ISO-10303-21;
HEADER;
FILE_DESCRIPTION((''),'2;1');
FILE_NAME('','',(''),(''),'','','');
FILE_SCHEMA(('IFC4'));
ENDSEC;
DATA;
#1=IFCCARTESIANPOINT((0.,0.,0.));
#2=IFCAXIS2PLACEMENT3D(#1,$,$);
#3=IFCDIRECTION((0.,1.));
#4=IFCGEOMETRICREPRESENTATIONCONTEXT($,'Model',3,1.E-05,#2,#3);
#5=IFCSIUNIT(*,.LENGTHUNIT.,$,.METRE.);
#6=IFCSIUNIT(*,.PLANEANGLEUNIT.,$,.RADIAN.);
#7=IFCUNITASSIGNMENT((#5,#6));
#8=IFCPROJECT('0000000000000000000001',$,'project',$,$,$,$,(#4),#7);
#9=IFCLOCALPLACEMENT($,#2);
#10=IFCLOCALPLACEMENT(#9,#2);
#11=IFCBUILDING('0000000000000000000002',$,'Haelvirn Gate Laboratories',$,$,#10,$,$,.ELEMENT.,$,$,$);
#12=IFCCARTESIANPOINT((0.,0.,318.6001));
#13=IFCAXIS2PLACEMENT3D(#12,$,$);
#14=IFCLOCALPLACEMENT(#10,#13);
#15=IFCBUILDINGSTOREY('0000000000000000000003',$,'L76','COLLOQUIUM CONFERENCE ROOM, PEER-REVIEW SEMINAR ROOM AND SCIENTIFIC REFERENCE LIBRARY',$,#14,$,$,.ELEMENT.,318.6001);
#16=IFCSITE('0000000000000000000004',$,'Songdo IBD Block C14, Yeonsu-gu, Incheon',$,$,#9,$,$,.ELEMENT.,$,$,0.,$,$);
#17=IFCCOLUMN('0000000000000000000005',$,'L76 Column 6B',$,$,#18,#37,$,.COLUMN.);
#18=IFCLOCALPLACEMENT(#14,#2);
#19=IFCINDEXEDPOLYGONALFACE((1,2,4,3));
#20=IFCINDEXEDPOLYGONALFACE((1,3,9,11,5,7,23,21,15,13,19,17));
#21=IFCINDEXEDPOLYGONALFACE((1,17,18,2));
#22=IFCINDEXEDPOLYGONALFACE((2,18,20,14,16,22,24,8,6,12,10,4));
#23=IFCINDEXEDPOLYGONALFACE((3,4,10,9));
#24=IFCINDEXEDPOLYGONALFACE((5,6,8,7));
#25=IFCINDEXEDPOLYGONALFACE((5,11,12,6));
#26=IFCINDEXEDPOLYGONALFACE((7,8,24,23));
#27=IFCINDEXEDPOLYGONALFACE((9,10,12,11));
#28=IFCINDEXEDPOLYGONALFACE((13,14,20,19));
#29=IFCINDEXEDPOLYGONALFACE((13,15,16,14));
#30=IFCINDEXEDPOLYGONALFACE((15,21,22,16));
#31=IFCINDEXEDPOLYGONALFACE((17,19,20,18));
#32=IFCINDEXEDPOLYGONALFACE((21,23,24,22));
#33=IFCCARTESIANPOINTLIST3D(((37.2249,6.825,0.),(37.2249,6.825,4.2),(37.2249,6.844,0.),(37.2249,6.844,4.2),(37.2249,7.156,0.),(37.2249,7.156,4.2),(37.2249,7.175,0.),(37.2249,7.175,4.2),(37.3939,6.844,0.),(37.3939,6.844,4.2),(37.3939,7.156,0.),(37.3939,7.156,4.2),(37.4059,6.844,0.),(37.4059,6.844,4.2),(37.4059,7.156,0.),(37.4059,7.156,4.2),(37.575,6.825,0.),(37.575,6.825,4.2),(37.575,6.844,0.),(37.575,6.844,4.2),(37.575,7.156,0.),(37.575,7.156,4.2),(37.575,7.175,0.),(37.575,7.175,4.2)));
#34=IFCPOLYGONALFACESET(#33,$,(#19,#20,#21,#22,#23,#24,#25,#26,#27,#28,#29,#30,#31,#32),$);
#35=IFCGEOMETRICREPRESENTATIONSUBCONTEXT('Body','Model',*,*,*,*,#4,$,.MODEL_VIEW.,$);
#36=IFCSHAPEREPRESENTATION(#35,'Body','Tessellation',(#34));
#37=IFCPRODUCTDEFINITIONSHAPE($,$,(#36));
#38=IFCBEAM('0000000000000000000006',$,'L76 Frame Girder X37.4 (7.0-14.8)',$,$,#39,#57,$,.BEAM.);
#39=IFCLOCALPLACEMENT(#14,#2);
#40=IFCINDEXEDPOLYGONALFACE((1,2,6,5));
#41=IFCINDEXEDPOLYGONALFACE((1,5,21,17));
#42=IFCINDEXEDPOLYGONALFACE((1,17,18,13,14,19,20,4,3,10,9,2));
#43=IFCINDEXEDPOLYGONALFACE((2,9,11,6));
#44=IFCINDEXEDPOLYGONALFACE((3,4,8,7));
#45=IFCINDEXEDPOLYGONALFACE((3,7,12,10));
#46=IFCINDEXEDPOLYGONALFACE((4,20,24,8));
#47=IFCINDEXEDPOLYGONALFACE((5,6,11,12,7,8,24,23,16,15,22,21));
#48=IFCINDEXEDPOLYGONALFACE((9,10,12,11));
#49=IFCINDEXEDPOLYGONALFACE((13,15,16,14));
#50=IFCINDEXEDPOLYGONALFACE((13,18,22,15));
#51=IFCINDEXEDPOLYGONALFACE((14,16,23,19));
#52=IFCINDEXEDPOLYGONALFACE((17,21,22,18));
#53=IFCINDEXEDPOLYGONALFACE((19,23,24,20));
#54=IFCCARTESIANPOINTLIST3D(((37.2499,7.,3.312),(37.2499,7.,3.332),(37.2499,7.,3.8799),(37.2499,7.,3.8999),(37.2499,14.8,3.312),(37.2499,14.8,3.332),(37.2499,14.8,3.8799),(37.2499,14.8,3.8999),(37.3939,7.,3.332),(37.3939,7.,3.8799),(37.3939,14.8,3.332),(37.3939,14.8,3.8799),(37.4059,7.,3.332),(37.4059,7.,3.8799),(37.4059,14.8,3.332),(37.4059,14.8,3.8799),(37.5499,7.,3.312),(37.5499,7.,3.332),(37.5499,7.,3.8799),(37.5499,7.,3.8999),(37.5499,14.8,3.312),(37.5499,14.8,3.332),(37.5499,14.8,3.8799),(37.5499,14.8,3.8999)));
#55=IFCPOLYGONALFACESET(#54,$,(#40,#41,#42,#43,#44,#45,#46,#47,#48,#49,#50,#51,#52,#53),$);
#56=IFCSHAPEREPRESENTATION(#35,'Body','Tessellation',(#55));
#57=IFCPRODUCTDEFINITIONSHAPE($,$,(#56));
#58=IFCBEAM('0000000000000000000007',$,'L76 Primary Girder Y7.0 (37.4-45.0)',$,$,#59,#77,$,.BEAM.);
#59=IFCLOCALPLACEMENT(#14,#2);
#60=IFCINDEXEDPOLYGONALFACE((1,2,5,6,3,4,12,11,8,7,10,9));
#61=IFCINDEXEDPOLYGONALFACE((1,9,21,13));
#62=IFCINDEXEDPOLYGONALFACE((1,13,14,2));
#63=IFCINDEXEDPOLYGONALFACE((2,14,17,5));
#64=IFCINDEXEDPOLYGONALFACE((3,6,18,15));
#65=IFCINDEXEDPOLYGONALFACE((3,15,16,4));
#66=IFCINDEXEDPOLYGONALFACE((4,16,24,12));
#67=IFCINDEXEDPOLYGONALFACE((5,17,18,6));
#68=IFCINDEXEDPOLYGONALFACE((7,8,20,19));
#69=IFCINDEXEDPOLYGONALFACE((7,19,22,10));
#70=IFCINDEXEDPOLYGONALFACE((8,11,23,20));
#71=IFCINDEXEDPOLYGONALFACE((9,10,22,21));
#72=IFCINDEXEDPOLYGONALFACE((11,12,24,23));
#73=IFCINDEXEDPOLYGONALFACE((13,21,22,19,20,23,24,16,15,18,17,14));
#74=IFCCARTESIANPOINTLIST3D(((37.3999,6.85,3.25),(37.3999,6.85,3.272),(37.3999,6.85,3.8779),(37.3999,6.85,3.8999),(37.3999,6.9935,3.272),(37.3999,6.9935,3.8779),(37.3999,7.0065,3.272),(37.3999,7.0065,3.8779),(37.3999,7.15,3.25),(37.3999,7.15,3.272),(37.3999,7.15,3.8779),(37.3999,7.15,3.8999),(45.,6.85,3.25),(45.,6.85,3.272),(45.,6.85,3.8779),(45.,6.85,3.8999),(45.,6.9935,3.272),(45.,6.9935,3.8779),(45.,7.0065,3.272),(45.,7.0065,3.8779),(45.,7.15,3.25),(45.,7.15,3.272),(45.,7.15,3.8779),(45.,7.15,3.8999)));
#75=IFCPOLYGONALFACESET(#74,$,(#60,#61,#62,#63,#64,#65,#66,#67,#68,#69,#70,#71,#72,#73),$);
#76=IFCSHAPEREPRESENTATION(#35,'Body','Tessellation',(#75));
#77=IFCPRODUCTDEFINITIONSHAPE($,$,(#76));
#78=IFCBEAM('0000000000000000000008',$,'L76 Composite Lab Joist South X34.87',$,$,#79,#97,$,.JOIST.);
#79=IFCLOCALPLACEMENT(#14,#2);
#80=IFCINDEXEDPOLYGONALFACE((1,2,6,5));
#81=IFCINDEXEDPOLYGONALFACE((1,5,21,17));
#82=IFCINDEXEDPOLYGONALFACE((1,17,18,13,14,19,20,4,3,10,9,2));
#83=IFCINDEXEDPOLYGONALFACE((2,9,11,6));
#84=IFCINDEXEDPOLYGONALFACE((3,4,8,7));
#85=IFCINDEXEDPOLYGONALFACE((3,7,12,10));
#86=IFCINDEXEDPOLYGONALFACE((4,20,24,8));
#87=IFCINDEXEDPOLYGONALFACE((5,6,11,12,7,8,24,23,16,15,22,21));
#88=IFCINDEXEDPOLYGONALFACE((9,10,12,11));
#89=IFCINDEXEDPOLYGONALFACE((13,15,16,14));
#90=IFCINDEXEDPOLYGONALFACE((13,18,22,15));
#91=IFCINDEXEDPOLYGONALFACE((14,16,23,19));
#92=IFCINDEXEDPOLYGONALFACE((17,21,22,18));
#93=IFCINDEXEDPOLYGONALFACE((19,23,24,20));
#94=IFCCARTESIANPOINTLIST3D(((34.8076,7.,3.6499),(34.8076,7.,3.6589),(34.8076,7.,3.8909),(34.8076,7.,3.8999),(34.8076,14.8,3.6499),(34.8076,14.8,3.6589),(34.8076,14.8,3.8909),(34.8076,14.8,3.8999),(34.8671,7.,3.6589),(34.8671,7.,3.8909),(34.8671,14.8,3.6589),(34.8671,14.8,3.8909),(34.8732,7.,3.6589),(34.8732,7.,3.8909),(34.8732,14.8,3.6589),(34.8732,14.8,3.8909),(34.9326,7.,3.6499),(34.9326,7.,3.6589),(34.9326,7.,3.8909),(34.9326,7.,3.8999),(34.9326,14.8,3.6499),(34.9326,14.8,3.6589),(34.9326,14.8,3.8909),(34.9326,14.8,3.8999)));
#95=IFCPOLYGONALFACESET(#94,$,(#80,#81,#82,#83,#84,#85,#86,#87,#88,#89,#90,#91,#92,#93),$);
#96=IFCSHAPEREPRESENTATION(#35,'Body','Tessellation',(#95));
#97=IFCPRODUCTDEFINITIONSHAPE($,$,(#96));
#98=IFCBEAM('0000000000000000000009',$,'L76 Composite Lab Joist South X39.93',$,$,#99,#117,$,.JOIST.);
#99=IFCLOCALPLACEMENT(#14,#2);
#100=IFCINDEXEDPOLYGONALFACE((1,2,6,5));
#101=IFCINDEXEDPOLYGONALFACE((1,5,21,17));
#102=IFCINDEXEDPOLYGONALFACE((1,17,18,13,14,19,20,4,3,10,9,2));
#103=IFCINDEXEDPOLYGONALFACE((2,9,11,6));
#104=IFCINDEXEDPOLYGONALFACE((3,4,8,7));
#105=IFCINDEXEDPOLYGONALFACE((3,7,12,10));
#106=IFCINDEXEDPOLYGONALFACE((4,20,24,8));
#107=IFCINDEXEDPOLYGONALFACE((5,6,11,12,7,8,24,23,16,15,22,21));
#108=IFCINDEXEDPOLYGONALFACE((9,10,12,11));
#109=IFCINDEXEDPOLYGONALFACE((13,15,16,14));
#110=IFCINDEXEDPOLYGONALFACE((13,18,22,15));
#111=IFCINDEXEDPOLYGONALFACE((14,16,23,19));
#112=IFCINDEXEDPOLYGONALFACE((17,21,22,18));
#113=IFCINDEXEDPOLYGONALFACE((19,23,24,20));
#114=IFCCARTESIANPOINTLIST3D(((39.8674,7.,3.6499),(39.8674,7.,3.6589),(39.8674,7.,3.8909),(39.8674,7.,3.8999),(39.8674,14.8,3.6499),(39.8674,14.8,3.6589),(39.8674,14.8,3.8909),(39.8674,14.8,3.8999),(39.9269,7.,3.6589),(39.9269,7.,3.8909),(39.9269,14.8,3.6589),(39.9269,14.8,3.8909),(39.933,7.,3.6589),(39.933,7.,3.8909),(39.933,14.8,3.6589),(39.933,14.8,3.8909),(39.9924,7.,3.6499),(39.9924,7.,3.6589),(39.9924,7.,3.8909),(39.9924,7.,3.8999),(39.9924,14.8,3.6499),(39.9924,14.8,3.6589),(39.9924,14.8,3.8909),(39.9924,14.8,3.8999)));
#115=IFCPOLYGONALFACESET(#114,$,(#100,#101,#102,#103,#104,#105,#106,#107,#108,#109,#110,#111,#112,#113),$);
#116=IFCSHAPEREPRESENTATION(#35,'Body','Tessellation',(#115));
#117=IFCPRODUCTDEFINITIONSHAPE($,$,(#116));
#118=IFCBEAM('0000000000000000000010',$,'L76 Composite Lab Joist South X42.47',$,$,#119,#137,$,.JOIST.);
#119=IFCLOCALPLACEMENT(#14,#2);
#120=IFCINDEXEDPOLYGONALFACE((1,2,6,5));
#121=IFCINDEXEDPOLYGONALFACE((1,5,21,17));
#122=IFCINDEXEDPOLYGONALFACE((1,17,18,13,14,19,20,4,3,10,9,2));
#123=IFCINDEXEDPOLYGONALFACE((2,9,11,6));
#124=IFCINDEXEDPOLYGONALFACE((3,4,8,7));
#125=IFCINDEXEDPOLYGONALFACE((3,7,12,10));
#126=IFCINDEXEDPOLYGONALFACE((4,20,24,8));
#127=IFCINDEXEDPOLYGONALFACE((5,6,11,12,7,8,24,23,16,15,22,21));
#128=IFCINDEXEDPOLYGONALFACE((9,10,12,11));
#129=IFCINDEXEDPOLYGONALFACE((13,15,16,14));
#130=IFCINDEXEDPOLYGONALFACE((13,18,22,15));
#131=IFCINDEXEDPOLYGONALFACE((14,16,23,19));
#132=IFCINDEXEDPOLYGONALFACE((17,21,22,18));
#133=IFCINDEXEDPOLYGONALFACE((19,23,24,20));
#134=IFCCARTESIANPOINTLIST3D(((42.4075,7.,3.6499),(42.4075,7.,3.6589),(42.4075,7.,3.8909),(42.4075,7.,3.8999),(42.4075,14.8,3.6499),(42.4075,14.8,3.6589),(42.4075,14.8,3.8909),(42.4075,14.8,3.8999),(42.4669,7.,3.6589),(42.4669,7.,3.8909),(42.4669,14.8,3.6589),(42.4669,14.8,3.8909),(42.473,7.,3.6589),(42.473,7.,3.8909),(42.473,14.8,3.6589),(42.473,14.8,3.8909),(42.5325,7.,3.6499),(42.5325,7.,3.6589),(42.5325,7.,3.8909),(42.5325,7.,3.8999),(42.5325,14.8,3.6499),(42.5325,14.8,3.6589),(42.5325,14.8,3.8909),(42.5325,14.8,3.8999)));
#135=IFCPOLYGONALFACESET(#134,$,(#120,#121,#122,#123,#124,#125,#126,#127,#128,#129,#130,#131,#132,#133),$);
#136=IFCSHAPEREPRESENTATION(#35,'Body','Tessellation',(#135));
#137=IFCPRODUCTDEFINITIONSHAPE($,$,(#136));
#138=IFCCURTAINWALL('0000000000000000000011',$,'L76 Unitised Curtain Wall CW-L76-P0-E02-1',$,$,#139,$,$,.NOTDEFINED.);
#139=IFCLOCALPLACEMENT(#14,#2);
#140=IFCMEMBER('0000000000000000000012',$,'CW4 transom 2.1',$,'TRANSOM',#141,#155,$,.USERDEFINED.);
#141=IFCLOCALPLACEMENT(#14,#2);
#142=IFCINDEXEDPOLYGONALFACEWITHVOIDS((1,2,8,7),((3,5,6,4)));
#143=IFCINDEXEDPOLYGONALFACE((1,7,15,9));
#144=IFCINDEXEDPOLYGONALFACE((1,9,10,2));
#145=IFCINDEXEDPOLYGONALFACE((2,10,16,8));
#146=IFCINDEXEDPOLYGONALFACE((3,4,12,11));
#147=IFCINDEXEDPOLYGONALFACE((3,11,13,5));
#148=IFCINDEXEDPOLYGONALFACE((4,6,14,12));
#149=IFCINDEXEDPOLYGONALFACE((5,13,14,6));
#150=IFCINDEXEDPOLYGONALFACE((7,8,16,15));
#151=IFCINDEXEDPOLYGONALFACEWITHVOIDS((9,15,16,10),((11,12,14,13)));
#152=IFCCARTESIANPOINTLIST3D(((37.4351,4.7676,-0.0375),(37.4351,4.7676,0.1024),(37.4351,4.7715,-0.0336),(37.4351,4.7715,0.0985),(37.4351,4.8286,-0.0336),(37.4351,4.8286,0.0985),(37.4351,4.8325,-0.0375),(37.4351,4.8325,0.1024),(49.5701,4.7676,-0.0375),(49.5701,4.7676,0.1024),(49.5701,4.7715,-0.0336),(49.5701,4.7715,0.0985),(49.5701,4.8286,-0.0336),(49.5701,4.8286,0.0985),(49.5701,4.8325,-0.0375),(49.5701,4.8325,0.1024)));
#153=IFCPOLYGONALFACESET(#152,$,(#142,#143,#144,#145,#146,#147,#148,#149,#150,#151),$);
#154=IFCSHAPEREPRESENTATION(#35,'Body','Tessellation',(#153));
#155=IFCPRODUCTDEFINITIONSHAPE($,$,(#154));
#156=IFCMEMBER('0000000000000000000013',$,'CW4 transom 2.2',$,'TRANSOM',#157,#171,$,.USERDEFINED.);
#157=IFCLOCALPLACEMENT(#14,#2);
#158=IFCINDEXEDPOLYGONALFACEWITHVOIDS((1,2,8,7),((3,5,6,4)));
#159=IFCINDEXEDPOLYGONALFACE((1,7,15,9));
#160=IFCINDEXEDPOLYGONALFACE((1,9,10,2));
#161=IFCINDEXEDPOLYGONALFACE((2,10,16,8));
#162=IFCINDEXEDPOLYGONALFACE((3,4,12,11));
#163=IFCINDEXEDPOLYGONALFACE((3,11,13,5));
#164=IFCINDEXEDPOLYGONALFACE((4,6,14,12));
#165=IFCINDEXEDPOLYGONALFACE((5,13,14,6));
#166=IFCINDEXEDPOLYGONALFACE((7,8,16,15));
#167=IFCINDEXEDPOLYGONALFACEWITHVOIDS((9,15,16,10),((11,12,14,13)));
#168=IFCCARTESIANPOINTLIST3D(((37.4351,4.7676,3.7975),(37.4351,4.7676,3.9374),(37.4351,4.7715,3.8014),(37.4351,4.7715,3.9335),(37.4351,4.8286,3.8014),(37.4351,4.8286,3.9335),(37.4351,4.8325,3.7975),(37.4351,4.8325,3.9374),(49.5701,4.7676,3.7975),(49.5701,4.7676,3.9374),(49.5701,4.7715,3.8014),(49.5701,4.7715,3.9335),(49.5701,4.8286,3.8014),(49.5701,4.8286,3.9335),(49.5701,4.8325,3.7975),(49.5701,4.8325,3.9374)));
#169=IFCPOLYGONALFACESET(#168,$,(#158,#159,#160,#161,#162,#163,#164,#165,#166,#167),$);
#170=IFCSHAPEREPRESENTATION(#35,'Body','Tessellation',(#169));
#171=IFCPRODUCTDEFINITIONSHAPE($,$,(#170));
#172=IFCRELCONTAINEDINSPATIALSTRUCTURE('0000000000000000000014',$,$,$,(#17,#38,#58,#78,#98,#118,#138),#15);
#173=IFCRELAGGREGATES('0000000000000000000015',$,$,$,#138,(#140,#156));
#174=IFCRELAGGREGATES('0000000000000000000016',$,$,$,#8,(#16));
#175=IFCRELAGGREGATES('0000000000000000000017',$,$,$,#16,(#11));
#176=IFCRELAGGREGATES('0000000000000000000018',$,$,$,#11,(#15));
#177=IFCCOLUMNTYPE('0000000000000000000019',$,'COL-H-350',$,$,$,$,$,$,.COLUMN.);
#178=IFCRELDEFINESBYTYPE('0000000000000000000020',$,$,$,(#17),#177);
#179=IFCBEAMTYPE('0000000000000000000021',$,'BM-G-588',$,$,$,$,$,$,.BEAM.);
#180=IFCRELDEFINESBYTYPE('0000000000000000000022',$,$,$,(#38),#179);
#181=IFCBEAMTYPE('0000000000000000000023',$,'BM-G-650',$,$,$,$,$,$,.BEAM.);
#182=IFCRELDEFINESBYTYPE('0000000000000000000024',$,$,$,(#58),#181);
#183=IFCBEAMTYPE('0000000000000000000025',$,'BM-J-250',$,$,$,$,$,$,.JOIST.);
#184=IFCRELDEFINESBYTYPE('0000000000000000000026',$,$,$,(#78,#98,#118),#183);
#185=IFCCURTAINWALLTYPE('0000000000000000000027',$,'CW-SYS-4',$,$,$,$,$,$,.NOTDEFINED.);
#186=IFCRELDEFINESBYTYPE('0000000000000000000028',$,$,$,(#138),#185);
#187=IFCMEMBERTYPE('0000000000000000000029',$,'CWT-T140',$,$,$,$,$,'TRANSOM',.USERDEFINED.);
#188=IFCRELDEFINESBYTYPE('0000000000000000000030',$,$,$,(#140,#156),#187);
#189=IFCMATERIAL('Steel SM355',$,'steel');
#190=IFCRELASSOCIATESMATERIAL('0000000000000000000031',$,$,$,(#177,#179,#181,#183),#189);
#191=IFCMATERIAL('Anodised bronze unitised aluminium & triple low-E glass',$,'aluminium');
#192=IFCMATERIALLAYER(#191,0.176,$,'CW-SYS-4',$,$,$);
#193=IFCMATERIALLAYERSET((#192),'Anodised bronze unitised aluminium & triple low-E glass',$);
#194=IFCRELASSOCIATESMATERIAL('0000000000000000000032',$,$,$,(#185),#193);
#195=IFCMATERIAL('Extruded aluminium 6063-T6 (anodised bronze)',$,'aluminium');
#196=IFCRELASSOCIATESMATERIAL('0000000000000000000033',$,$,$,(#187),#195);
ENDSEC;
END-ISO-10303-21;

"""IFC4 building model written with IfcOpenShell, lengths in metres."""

from ifc_helpers import new_model, si_unit, direction, frame, origin, origin_2d, place, context, subcontext, project, spatial, hollow_rectangle, i_section, extrude, source, transform, mapped, material, layer, layer_set, material_profile, profile_set, type_object, type_shapes, element, aggregate, save


model = new_model("IFC4")

# Units and contexts
model_context = context("Model", 3, precision=1e-05, world=origin(), true_north=direction((0.0, 1.0)))
body_context = subcontext(model_context, "Body", "Model", "MODEL_VIEW")
ifc_project = project(units=[si_unit("LENGTHUNIT", "METRE"), si_unit("PLANEANGLEUNIT", "RADIAN")], contexts=[model_context])

# Site, building, storey
site_placement = place(None, origin())
site = spatial("IfcSite", under=ifc_project, at=site_placement, Name="Songdo IBD Block C14, Yeonsu-gu, Incheon", CompositionType="ELEMENT", RefElevation=0.0)
building_placement = place(site_placement, origin())
building = spatial("IfcBuilding", under=site, at=building_placement, Name="Haelvirn Gate Laboratories", CompositionType="ELEMENT")
storey_placement = place(building_placement, frame((0.0, 0.0, 318.6001)))
storey = spatial("IfcBuildingStorey", under=building, at=storey_placement, Name="L76", Description="COLLOQUIUM CONFERENCE ROOM, PEER-REVIEW SEMINAR ROOM AND SCIENTIFIC REFERENCE LIBRARY", CompositionType="ELEMENT", Elevation=318.6001)

# Column
ifc_material_1 = material(Name="Steel SM355", Category="steel")
ifc_material_profile_1 = material_profile(ifc_material_1, i_section(OverallWidth=0.3501, OverallDepth=0.3501, WebThickness=0.012, FlangeThickness=0.019, at=origin_2d()), Name="H-350x350x12x19")
ifc_profile_set_1 = profile_set([ifc_material_profile_1], Name="Steel SM355")
column_type = type_object("IfcColumnType", Name="COL-H-350", PredefinedType="COLUMN", material=ifc_profile_set_1)
shared_shape_1 = source(origin(), body_context, "Body", "SweptSolid", [
    extrude(i_section(OverallWidth=0.3501, OverallDepth=0.3501, WebThickness=0.012, FlangeThickness=0.019, at=origin_2d()), origin(), (0.0, 0.0, 1.0), 4.2),
])
type_shapes(column_type, [shared_shape_1])
column_placement = place(storey_placement, frame((37.3999, 7.0, 0.0), z_axis=(0.0, 0.0, 1.0), x_axis=(1.0, 0.0, 0.0)))
element("IfcColumn", 1, at=column_placement, inside=storey, type_object=column_type, Name="L76 Column 6B", PredefinedType="COLUMN", context=body_context, shape_type="MappedRepresentation", body=[
    mapped(shared_shape_1, transform((0.0, 0.0, 0.0), scale=1.0)),
])

# Beams
ifc_material_profile_2 = material_profile(ifc_material_1, i_section(OverallWidth=0.3, OverallDepth=0.5879, WebThickness=0.012, FlangeThickness=0.02, at=origin_2d()), Name="H-588x300x12x20")
ifc_profile_set_2 = profile_set([ifc_material_profile_2], Name="Steel SM355")
beam_type_1 = type_object("IfcBeamType", Name="BM-G-588", PredefinedType="BEAM", material=ifc_profile_set_2)
shared_shape_2 = source(origin(), body_context, "Body", "SweptSolid", [
    extrude(i_section(OverallWidth=0.3, OverallDepth=0.5879, WebThickness=0.012, FlangeThickness=0.02, at=origin_2d()), origin(), (0.0, 0.0, 1.0), 7.8),
])
type_shapes(beam_type_1, [shared_shape_2])
beam_1_placement = place(storey_placement, frame((37.3999, 7.0, 3.606), z_axis=(0.0, 1.0, 0.0), x_axis=(-1.0, 0.0, 0.0)))
element("IfcBeam", 2, at=beam_1_placement, inside=storey, type_object=beam_type_1, Name="L76 Frame Girder X37.4 (7.0-14.8)", PredefinedType="BEAM", context=body_context, shape_type="MappedRepresentation", body=[
    mapped(shared_shape_2, transform((0.0, 0.0, 0.0), scale=1.0)),
])
ifc_material_profile_3 = material_profile(ifc_material_1, i_section(OverallWidth=0.3, OverallDepth=0.6499, WebThickness=0.0129, FlangeThickness=0.022, at=origin_2d()), Name="H-650x300x13x22")
ifc_profile_set_3 = profile_set([ifc_material_profile_3], Name="Steel SM355")
beam_type_2 = type_object("IfcBeamType", Name="BM-G-650", PredefinedType="BEAM", material=ifc_profile_set_3)
shared_shape_3 = source(origin(), body_context, "Body", "SweptSolid", [
    extrude(i_section(OverallWidth=0.3, OverallDepth=0.6499, WebThickness=0.0129, FlangeThickness=0.022, at=origin_2d()), origin(), (0.0, 0.0, 1.0), 7.6001),
])
type_shapes(beam_type_2, [shared_shape_3])
beam_2_placement = place(storey_placement, frame((37.3999, 7.0, 3.575), z_axis=(1.0, 0.0, 0.0), x_axis=(0.0, 1.0, 0.0)))
element("IfcBeam", 3, at=beam_2_placement, inside=storey, type_object=beam_type_2, Name="L76 Primary Girder Y7.0 (37.4-45.0)", PredefinedType="BEAM", context=body_context, shape_type="MappedRepresentation", body=[
    mapped(shared_shape_3, transform((0.0, 0.0, 0.0), scale=1.0)),
])
ifc_material_profile_4 = material_profile(ifc_material_1, i_section(OverallWidth=0.125, OverallDepth=0.25, WebThickness=0.0061, FlangeThickness=0.009, at=origin_2d()), Name="H-250x125x6x9")
ifc_profile_set_4 = profile_set([ifc_material_profile_4], Name="Steel SM355")
beam_type_3 = type_object("IfcBeamType", Name="BM-J-250", PredefinedType="JOIST", material=ifc_profile_set_4)
shared_shape_4 = source(origin(), body_context, "Body", "SweptSolid", [
    extrude(i_section(OverallWidth=0.125, OverallDepth=0.25, WebThickness=0.0061, FlangeThickness=0.009, at=origin_2d()), origin(), (0.0, 0.0, 1.0), 7.8),
])
type_shapes(beam_type_3, [shared_shape_4])
for number, where, z_axis, x_axis, name in (
    (4, (34.8701, 7.0, 3.7749), (0.0, 1.0, 0.0), (-1.0, 0.0, 0.0), "L76 Composite Lab Joist South X34.87"),
    (5, (39.9299, 7.0, 3.7749), (0.0, 1.0, 0.0), (-1.0, 0.0, 0.0), "L76 Composite Lab Joist South X39.93"),
    (6, (42.47, 7.0, 3.7749), (0.0, 1.0, 0.0), (-1.0, 0.0, 0.0), "L76 Composite Lab Joist South X42.47"),
):
    element("IfcBeam", number, at=place(storey_placement, frame(where, z_axis=z_axis, x_axis=x_axis)), inside=storey, type_object=beam_type_3, Name=name, PredefinedType="JOIST", context=body_context, shape_type="MappedRepresentation", body=[
        mapped(shared_shape_4, transform((0.0, 0.0, 0.0), scale=1.0)),
    ])

# Curtain wall, members
ifc_material_2 = material(Name="Anodised bronze unitised aluminium & triple low-E glass", Category="aluminium")
ifc_layer_1 = layer(ifc_material_2, 0.176, Name="CW-SYS-4")
ifc_layer_set_1 = layer_set([ifc_layer_1], Name="Anodised bronze unitised aluminium & triple low-E glass")
curtain_wall_type = type_object("IfcCurtainWallType", Name="CW-SYS-4", PredefinedType="NOTDEFINED", material=ifc_layer_set_1)
curtain_wall_1_placement = place(storey_placement, origin())
curtain_wall_1 = element("IfcCurtainWall", 7, at=curtain_wall_1_placement, inside=storey, type_object=curtain_wall_type, Name="L76 Unitised Curtain Wall CW-L76-P0-E02-1", PredefinedType="NOTDEFINED")
ifc_material_3 = material(Name="Extruded aluminium 6063-T6 (anodised bronze)", Category="aluminium")
ifc_material_profile_5 = material_profile(ifc_material_3, hollow_rectangle(XDim=0.0649, YDim=0.1399, WallThickness=0.0039, at=origin_2d()), Name="CWT-140x65x4")
ifc_profile_set_5 = profile_set([ifc_material_profile_5], Name="Extruded aluminium 6063-T6 (anodised bronze)")
member_type_1 = type_object("IfcMemberType", Name="CWT-T140", ElementType="TRANSOM", PredefinedType="USERDEFINED", material=ifc_profile_set_5)
shared_shape_5 = source(origin(), body_context, "Body", "SweptSolid", [
    extrude(hollow_rectangle(XDim=0.0649, YDim=0.1399, WallThickness=0.0039, at=origin_2d()), origin(), (0.0, 0.0, 1.0), 12.135),
])
member_1_placement = place(storey_placement, frame((37.4351, 4.8, 0.0325), z_axis=(1.0, 0.0, 0.0), x_axis=(0.0, 1.0, 0.0)))
member_1 = element("IfcMember", 8, at=member_1_placement, type_object=member_type_1, Name="CW4 transom 2.1", ObjectType="TRANSOM", PredefinedType="USERDEFINED", context=body_context, shape_type="MappedRepresentation", body=[
    mapped(shared_shape_5, transform((0.0, 0.0, 0.0), scale=1.0)),
])
member_2_placement = place(storey_placement, frame((37.4351, 4.8, 3.8674), z_axis=(1.0, 0.0, 0.0), x_axis=(0.0, 1.0, 0.0)))
member_2 = element("IfcMember", 9, at=member_2_placement, type_object=member_type_1, Name="CW4 transom 2.2", ObjectType="TRANSOM", PredefinedType="USERDEFINED", context=body_context, shape_type="MappedRepresentation", body=[
    mapped(shared_shape_5, transform((0.0, 0.0, 0.0), scale=1.0)),
])

aggregate(curtain_wall_1, [member_1, member_2])

save(model, "model.ifc")
